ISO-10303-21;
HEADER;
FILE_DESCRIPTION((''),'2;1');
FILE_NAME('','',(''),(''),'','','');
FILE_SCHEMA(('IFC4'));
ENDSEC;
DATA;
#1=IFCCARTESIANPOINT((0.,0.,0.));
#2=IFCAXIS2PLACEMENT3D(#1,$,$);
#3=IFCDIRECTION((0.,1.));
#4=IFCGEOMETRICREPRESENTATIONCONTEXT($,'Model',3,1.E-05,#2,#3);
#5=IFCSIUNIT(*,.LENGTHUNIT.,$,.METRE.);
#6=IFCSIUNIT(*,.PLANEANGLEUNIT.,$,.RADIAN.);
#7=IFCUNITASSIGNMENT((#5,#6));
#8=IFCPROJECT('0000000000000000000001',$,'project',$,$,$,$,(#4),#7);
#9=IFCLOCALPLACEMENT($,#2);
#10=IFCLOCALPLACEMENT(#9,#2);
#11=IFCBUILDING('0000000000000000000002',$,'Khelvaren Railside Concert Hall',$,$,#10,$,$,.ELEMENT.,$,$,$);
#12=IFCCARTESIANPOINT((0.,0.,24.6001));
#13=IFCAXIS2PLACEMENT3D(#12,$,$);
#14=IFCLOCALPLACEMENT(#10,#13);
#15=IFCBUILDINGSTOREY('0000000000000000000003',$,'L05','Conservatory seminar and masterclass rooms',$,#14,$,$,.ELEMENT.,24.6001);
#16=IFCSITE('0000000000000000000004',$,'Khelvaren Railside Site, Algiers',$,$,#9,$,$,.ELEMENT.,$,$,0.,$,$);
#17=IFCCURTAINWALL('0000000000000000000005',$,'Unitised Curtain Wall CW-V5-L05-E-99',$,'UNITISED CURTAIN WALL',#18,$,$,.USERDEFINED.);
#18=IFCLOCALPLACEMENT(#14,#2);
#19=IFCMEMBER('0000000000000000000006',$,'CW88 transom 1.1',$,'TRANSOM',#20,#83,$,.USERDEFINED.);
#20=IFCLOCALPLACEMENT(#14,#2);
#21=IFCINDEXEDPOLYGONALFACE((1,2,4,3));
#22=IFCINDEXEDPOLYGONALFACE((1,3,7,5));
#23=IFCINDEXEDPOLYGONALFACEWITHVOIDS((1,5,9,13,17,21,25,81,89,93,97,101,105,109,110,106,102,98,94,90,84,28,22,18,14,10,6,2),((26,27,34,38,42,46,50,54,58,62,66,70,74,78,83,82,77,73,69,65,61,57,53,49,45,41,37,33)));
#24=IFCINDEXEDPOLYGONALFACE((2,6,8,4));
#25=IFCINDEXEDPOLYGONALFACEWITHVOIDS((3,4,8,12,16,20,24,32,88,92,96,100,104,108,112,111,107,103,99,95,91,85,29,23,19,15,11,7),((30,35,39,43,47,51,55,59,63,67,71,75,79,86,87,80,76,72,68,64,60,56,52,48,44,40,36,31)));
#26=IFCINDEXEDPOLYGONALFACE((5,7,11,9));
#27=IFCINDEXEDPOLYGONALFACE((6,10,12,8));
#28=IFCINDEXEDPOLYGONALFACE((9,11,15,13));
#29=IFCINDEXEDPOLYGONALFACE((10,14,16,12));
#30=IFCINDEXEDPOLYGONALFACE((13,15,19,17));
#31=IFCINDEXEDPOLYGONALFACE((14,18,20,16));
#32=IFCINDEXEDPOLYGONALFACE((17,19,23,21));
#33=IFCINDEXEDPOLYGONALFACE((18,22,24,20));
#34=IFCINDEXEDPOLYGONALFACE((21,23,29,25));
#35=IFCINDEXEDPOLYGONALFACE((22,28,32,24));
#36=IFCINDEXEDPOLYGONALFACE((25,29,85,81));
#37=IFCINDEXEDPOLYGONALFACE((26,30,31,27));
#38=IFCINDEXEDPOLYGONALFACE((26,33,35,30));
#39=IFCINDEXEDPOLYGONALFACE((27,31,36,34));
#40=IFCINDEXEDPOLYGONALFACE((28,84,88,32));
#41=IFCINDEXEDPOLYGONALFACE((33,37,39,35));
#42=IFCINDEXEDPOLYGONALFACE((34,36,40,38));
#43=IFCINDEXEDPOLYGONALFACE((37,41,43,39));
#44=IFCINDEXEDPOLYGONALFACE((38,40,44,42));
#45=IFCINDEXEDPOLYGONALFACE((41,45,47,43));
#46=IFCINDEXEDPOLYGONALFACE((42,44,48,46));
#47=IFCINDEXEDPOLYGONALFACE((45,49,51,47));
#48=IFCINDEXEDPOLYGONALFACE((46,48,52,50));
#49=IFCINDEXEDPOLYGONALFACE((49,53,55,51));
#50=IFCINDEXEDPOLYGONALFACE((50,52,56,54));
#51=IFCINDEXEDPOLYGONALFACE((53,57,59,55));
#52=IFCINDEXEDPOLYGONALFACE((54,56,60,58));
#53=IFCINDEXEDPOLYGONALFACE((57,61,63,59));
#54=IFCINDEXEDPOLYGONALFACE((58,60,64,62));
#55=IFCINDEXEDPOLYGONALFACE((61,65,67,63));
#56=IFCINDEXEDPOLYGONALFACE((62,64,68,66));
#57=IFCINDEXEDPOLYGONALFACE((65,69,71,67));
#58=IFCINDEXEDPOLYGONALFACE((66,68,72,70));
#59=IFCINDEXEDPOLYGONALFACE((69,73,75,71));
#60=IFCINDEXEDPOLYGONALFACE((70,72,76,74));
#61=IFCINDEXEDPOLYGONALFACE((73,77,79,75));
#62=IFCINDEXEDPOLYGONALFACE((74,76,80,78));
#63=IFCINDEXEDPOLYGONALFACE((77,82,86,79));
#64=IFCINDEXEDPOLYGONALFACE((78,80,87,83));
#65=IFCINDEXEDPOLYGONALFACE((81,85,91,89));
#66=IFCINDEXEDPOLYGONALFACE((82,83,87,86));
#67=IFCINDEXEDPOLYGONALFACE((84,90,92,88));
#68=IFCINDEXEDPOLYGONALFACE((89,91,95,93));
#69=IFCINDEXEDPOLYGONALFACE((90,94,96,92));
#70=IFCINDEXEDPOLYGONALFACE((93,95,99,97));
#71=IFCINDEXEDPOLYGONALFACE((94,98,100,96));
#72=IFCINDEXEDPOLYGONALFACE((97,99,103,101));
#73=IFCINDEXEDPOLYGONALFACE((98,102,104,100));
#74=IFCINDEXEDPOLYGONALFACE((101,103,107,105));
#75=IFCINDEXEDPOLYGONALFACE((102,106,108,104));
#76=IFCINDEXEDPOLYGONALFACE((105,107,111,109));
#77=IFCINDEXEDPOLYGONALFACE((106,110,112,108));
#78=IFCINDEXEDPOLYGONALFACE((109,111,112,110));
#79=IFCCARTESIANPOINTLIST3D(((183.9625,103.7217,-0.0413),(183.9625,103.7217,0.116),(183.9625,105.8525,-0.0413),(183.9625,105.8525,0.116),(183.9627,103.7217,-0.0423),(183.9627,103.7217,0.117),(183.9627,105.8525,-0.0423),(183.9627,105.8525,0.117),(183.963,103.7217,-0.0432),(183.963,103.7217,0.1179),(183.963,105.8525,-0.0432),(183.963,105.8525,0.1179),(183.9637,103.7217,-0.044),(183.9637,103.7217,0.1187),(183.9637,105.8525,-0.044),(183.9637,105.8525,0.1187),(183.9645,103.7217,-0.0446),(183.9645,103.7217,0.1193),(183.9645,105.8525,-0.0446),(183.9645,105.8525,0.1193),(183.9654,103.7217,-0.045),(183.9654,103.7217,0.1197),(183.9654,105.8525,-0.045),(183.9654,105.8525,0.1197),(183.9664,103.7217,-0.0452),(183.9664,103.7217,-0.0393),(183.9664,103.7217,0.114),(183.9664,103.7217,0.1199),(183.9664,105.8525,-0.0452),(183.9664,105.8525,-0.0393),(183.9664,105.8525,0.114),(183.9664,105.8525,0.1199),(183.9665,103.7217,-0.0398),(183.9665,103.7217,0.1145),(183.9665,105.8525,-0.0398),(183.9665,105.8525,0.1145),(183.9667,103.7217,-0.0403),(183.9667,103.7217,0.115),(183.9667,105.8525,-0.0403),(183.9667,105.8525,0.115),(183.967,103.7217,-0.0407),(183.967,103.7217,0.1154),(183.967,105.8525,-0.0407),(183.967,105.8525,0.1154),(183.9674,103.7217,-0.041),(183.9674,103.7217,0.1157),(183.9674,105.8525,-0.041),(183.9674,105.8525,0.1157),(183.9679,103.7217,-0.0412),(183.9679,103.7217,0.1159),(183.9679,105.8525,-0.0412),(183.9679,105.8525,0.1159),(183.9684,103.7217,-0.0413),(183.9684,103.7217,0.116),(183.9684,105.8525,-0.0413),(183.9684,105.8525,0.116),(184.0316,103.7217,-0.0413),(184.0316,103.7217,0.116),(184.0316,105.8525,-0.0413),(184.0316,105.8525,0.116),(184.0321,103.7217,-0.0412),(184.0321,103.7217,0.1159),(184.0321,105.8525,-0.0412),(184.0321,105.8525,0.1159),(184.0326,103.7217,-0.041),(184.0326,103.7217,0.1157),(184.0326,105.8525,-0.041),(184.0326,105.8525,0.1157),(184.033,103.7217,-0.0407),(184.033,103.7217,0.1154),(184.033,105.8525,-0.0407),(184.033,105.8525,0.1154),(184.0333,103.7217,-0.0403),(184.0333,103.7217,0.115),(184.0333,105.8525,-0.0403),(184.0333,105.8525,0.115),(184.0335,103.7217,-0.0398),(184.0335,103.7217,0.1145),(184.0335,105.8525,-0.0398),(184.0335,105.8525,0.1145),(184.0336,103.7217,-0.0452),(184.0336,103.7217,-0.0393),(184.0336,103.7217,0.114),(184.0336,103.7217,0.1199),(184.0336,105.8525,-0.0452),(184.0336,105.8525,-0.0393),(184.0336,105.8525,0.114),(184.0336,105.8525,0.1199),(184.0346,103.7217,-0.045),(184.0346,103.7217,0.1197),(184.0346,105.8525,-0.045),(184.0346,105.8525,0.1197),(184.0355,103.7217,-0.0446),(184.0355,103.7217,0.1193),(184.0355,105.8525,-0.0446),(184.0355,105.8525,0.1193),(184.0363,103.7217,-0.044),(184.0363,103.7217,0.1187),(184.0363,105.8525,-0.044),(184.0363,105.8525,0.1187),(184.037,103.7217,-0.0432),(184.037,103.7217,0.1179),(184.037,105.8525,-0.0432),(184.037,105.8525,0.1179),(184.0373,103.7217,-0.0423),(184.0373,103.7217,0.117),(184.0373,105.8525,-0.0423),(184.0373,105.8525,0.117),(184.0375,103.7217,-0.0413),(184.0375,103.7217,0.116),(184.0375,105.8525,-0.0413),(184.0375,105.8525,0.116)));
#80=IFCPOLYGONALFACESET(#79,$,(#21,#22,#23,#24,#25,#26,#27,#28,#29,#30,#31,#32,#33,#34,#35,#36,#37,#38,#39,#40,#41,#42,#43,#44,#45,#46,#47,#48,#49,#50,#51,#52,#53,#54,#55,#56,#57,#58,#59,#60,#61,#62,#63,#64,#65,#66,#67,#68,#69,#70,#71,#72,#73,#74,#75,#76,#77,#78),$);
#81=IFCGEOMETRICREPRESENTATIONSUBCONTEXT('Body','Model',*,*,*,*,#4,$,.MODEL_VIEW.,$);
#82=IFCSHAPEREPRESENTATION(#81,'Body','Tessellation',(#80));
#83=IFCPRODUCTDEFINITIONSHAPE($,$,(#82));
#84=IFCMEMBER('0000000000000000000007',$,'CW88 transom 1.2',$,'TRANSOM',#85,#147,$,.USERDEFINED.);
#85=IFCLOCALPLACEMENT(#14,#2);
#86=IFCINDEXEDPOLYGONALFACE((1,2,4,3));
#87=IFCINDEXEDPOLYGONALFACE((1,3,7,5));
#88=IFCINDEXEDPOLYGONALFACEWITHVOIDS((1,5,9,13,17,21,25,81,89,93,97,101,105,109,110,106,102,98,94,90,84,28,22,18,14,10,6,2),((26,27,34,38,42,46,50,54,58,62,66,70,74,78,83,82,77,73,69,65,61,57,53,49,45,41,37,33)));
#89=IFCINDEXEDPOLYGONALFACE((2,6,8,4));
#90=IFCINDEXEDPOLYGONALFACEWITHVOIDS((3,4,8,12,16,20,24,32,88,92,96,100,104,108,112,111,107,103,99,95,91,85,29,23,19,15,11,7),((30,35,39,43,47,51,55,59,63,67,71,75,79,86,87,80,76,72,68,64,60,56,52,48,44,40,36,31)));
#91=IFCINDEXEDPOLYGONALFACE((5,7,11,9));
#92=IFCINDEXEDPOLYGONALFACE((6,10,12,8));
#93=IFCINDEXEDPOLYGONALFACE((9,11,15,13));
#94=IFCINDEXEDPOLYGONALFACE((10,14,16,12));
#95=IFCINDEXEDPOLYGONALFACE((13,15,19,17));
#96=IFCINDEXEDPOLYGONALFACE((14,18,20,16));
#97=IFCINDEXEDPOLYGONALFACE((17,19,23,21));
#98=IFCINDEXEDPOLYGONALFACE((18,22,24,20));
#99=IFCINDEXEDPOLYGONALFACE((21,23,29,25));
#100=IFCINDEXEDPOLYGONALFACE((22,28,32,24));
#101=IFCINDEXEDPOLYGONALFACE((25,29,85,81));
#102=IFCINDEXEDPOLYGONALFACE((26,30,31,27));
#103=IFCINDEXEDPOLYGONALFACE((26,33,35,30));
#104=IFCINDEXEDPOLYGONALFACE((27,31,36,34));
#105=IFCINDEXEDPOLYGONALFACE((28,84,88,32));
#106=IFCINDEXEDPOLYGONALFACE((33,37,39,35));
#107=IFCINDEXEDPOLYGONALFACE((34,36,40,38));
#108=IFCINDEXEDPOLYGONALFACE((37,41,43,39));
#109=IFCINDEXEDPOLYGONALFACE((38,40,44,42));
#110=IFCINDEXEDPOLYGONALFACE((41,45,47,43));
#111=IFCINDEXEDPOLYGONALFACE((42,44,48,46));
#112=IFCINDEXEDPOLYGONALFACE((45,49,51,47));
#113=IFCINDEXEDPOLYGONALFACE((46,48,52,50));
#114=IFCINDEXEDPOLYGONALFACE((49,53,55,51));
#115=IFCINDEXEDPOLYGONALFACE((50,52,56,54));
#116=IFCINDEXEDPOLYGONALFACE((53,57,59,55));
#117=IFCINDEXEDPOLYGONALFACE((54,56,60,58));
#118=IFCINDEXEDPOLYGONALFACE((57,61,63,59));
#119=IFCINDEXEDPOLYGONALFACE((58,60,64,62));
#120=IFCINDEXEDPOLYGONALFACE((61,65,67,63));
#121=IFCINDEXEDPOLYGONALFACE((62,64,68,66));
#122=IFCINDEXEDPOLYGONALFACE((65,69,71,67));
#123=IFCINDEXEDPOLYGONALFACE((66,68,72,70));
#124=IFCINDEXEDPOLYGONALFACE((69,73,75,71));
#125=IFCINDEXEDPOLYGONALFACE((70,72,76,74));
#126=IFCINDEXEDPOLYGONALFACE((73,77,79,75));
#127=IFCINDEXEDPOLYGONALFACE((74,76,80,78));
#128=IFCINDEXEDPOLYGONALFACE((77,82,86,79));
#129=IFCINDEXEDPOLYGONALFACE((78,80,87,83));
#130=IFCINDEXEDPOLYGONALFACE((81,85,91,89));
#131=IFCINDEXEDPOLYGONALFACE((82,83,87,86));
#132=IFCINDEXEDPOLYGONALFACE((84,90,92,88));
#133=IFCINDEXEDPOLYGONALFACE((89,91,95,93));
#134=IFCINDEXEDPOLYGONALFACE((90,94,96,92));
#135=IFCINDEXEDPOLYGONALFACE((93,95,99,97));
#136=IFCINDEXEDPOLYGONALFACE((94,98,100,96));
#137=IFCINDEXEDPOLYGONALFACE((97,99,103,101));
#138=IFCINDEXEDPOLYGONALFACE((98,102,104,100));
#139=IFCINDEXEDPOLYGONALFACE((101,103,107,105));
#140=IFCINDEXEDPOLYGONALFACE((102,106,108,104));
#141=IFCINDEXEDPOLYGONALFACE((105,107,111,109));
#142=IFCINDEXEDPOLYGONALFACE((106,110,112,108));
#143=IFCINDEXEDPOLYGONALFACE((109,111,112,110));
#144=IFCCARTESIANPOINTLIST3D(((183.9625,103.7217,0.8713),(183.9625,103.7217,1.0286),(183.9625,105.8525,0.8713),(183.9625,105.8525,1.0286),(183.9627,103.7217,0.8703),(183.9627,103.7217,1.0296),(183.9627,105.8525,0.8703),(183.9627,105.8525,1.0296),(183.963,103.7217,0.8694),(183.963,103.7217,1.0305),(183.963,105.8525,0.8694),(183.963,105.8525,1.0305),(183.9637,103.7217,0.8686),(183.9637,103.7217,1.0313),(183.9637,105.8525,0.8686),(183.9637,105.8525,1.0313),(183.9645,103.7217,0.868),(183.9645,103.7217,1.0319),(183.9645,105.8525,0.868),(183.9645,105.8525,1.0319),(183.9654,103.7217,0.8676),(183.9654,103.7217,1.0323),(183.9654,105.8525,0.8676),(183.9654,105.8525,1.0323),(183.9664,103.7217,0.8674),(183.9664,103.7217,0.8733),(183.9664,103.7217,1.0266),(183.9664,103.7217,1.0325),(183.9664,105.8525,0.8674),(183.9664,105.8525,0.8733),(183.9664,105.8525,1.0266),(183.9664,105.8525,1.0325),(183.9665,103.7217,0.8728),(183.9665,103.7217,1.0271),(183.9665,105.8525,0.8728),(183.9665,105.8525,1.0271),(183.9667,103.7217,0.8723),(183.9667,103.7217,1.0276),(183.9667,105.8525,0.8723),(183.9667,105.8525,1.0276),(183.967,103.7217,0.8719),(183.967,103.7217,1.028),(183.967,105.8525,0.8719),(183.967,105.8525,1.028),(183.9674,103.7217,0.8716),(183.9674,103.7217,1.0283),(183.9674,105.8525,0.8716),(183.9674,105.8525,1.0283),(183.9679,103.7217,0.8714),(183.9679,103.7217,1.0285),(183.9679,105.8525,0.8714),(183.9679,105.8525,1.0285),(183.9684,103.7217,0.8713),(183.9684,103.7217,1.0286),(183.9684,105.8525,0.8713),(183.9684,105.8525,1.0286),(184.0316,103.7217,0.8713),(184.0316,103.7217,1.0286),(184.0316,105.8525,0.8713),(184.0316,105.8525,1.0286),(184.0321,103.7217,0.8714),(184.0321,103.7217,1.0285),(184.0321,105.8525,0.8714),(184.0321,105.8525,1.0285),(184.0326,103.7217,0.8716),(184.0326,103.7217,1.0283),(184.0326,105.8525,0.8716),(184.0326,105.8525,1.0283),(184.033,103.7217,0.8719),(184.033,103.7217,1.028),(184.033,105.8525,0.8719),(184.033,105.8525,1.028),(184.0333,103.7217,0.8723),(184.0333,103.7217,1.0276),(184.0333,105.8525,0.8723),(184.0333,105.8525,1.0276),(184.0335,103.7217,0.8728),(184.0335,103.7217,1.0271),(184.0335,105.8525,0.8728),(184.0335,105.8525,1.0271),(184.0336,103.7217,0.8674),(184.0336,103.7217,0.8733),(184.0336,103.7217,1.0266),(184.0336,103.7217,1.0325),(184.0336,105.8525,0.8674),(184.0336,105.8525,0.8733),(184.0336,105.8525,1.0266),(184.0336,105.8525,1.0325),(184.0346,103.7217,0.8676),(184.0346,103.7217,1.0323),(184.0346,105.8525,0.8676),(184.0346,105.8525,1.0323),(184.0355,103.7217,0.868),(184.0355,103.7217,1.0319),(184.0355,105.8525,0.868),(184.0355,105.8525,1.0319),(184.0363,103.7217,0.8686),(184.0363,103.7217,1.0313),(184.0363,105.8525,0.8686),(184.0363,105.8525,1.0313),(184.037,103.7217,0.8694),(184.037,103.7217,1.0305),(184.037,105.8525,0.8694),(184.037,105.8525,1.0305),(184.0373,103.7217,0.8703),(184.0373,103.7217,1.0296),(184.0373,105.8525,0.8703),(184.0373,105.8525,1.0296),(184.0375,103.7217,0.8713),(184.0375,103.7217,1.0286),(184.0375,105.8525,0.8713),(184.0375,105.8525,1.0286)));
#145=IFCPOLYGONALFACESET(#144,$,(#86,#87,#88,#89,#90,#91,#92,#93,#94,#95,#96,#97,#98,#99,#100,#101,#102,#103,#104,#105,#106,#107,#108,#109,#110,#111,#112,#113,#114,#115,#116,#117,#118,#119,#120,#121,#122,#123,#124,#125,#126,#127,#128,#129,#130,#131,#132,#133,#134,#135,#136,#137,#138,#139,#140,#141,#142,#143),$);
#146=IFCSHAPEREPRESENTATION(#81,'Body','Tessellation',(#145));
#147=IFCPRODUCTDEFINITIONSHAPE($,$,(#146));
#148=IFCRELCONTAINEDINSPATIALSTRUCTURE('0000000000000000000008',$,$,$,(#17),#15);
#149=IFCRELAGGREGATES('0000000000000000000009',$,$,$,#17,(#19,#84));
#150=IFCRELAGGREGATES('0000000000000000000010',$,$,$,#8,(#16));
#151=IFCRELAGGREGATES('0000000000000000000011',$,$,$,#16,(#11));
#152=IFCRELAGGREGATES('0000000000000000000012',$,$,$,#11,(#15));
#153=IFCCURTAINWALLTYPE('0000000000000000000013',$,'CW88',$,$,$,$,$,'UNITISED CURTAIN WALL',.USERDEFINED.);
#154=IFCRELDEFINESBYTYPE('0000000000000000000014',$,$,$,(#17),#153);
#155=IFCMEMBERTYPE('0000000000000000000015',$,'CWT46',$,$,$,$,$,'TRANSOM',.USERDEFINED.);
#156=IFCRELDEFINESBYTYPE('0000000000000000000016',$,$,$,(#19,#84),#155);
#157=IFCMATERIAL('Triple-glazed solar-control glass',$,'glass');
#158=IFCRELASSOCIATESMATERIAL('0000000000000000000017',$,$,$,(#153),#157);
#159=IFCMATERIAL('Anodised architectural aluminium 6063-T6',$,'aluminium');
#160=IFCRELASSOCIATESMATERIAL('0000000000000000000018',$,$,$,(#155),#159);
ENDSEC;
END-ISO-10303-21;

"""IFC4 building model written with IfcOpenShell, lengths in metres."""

from ifc_helpers import new_model, si_unit, direction, frame, origin, origin_2d, place, context, subcontext, project, spatial, hollow_rectangle, extrude, material, material_profile, profile_set, type_object, element, aggregate, save


model = new_model("IFC4")

# Units and contexts
model_context = context("Model", 3, precision=1e-05, world=origin(), true_north=direction((0.0, 1.0)))
body_context = subcontext(model_context, "Body", "Model", "MODEL_VIEW")
ifc_project = project(units=[si_unit("LENGTHUNIT", "METRE"), si_unit("PLANEANGLEUNIT", "RADIAN")], contexts=[model_context])

# Site, building, storey
site_placement = place(None, origin())
site = spatial("IfcSite", under=ifc_project, at=site_placement, Name="Khelvaren Railside Site, Algiers", CompositionType="ELEMENT", RefElevation=0.0)
building_placement = place(site_placement, origin())
building = spatial("IfcBuilding", under=site, at=building_placement, Name="Khelvaren Railside Concert Hall", CompositionType="ELEMENT")
storey_placement = place(building_placement, frame((0.0, 0.0, 24.6001)))
storey = spatial("IfcBuildingStorey", under=building, at=storey_placement, Name="L05", Description="Conservatory seminar and masterclass rooms", CompositionType="ELEMENT", Elevation=24.6001)

# Curtain wall
ifc_material_1 = material(Name="Triple-glazed solar-control glass", Category="glass")
curtain_wall_type_1 = type_object("IfcCurtainWallType", Name="CW88", ElementType="UNITISED CURTAIN WALL", PredefinedType="USERDEFINED", material=ifc_material_1)
curtain_wall_1_placement = place(storey_placement, origin())
curtain_wall_1 = element("IfcCurtainWall", 1, at=curtain_wall_1_placement, inside=storey, type_object=curtain_wall_type_1, Name="Unitised Curtain Wall CW-V5-L05-E-99", ObjectType="UNITISED CURTAIN WALL", PredefinedType="USERDEFINED")
ifc_material_2 = material(Name="Anodised architectural aluminium 6063-T6", Category="aluminium")

# Members
ifc_material_profile_1 = material_profile(ifc_material_2, hollow_rectangle(XDim=0.075, YDim=0.165, WallThickness=0.0039, InnerFilletRadius=0.002, OuterFilletRadius=0.0039, at=origin_2d()), Name="CWT 75x165x4")
ifc_profile_set_1 = profile_set([ifc_material_profile_1], Name="Anodised architectural aluminium 6063-T6")
member_type_1 = type_object("IfcMemberType", Name="CWT46", ElementType="TRANSOM", PredefinedType="USERDEFINED", material=ifc_profile_set_1)
member_1_placement = place(storey_placement, frame((184.0, 105.8525, 0.0374), z_axis=(0.0, -1.0, 0.0), x_axis=(1.0, 0.0, 0.0)))
member_1 = element("IfcMember", 2, at=member_1_placement, type_object=member_type_1, Name="CW88 transom 1.1", ObjectType="TRANSOM", PredefinedType="USERDEFINED", context=body_context, shape_type="SweptSolid", body=[
    extrude(hollow_rectangle(XDim=0.075, YDim=0.165, WallThickness=0.0039, InnerFilletRadius=0.002, OuterFilletRadius=0.0039, at=origin_2d()), origin(), (0.0, 0.0, 1.0), 2.1309),
])
member_2_placement = place(storey_placement, frame((184.0, 105.8525, 0.95), z_axis=(0.0, -1.0, 0.0), x_axis=(1.0, 0.0, 0.0)))
member_2 = element("IfcMember", 3, at=member_2_placement, type_object=member_type_1, Name="CW88 transom 1.2", ObjectType="TRANSOM", PredefinedType="USERDEFINED", context=body_context, shape_type="SweptSolid", body=[
    extrude(hollow_rectangle(XDim=0.075, YDim=0.165, WallThickness=0.0039, InnerFilletRadius=0.002, OuterFilletRadius=0.0039, at=origin_2d()), origin(), (0.0, 0.0, 1.0), 2.1309),
])

aggregate(curtain_wall_1, [member_1, member_2])

save(model, "model.ifc")
